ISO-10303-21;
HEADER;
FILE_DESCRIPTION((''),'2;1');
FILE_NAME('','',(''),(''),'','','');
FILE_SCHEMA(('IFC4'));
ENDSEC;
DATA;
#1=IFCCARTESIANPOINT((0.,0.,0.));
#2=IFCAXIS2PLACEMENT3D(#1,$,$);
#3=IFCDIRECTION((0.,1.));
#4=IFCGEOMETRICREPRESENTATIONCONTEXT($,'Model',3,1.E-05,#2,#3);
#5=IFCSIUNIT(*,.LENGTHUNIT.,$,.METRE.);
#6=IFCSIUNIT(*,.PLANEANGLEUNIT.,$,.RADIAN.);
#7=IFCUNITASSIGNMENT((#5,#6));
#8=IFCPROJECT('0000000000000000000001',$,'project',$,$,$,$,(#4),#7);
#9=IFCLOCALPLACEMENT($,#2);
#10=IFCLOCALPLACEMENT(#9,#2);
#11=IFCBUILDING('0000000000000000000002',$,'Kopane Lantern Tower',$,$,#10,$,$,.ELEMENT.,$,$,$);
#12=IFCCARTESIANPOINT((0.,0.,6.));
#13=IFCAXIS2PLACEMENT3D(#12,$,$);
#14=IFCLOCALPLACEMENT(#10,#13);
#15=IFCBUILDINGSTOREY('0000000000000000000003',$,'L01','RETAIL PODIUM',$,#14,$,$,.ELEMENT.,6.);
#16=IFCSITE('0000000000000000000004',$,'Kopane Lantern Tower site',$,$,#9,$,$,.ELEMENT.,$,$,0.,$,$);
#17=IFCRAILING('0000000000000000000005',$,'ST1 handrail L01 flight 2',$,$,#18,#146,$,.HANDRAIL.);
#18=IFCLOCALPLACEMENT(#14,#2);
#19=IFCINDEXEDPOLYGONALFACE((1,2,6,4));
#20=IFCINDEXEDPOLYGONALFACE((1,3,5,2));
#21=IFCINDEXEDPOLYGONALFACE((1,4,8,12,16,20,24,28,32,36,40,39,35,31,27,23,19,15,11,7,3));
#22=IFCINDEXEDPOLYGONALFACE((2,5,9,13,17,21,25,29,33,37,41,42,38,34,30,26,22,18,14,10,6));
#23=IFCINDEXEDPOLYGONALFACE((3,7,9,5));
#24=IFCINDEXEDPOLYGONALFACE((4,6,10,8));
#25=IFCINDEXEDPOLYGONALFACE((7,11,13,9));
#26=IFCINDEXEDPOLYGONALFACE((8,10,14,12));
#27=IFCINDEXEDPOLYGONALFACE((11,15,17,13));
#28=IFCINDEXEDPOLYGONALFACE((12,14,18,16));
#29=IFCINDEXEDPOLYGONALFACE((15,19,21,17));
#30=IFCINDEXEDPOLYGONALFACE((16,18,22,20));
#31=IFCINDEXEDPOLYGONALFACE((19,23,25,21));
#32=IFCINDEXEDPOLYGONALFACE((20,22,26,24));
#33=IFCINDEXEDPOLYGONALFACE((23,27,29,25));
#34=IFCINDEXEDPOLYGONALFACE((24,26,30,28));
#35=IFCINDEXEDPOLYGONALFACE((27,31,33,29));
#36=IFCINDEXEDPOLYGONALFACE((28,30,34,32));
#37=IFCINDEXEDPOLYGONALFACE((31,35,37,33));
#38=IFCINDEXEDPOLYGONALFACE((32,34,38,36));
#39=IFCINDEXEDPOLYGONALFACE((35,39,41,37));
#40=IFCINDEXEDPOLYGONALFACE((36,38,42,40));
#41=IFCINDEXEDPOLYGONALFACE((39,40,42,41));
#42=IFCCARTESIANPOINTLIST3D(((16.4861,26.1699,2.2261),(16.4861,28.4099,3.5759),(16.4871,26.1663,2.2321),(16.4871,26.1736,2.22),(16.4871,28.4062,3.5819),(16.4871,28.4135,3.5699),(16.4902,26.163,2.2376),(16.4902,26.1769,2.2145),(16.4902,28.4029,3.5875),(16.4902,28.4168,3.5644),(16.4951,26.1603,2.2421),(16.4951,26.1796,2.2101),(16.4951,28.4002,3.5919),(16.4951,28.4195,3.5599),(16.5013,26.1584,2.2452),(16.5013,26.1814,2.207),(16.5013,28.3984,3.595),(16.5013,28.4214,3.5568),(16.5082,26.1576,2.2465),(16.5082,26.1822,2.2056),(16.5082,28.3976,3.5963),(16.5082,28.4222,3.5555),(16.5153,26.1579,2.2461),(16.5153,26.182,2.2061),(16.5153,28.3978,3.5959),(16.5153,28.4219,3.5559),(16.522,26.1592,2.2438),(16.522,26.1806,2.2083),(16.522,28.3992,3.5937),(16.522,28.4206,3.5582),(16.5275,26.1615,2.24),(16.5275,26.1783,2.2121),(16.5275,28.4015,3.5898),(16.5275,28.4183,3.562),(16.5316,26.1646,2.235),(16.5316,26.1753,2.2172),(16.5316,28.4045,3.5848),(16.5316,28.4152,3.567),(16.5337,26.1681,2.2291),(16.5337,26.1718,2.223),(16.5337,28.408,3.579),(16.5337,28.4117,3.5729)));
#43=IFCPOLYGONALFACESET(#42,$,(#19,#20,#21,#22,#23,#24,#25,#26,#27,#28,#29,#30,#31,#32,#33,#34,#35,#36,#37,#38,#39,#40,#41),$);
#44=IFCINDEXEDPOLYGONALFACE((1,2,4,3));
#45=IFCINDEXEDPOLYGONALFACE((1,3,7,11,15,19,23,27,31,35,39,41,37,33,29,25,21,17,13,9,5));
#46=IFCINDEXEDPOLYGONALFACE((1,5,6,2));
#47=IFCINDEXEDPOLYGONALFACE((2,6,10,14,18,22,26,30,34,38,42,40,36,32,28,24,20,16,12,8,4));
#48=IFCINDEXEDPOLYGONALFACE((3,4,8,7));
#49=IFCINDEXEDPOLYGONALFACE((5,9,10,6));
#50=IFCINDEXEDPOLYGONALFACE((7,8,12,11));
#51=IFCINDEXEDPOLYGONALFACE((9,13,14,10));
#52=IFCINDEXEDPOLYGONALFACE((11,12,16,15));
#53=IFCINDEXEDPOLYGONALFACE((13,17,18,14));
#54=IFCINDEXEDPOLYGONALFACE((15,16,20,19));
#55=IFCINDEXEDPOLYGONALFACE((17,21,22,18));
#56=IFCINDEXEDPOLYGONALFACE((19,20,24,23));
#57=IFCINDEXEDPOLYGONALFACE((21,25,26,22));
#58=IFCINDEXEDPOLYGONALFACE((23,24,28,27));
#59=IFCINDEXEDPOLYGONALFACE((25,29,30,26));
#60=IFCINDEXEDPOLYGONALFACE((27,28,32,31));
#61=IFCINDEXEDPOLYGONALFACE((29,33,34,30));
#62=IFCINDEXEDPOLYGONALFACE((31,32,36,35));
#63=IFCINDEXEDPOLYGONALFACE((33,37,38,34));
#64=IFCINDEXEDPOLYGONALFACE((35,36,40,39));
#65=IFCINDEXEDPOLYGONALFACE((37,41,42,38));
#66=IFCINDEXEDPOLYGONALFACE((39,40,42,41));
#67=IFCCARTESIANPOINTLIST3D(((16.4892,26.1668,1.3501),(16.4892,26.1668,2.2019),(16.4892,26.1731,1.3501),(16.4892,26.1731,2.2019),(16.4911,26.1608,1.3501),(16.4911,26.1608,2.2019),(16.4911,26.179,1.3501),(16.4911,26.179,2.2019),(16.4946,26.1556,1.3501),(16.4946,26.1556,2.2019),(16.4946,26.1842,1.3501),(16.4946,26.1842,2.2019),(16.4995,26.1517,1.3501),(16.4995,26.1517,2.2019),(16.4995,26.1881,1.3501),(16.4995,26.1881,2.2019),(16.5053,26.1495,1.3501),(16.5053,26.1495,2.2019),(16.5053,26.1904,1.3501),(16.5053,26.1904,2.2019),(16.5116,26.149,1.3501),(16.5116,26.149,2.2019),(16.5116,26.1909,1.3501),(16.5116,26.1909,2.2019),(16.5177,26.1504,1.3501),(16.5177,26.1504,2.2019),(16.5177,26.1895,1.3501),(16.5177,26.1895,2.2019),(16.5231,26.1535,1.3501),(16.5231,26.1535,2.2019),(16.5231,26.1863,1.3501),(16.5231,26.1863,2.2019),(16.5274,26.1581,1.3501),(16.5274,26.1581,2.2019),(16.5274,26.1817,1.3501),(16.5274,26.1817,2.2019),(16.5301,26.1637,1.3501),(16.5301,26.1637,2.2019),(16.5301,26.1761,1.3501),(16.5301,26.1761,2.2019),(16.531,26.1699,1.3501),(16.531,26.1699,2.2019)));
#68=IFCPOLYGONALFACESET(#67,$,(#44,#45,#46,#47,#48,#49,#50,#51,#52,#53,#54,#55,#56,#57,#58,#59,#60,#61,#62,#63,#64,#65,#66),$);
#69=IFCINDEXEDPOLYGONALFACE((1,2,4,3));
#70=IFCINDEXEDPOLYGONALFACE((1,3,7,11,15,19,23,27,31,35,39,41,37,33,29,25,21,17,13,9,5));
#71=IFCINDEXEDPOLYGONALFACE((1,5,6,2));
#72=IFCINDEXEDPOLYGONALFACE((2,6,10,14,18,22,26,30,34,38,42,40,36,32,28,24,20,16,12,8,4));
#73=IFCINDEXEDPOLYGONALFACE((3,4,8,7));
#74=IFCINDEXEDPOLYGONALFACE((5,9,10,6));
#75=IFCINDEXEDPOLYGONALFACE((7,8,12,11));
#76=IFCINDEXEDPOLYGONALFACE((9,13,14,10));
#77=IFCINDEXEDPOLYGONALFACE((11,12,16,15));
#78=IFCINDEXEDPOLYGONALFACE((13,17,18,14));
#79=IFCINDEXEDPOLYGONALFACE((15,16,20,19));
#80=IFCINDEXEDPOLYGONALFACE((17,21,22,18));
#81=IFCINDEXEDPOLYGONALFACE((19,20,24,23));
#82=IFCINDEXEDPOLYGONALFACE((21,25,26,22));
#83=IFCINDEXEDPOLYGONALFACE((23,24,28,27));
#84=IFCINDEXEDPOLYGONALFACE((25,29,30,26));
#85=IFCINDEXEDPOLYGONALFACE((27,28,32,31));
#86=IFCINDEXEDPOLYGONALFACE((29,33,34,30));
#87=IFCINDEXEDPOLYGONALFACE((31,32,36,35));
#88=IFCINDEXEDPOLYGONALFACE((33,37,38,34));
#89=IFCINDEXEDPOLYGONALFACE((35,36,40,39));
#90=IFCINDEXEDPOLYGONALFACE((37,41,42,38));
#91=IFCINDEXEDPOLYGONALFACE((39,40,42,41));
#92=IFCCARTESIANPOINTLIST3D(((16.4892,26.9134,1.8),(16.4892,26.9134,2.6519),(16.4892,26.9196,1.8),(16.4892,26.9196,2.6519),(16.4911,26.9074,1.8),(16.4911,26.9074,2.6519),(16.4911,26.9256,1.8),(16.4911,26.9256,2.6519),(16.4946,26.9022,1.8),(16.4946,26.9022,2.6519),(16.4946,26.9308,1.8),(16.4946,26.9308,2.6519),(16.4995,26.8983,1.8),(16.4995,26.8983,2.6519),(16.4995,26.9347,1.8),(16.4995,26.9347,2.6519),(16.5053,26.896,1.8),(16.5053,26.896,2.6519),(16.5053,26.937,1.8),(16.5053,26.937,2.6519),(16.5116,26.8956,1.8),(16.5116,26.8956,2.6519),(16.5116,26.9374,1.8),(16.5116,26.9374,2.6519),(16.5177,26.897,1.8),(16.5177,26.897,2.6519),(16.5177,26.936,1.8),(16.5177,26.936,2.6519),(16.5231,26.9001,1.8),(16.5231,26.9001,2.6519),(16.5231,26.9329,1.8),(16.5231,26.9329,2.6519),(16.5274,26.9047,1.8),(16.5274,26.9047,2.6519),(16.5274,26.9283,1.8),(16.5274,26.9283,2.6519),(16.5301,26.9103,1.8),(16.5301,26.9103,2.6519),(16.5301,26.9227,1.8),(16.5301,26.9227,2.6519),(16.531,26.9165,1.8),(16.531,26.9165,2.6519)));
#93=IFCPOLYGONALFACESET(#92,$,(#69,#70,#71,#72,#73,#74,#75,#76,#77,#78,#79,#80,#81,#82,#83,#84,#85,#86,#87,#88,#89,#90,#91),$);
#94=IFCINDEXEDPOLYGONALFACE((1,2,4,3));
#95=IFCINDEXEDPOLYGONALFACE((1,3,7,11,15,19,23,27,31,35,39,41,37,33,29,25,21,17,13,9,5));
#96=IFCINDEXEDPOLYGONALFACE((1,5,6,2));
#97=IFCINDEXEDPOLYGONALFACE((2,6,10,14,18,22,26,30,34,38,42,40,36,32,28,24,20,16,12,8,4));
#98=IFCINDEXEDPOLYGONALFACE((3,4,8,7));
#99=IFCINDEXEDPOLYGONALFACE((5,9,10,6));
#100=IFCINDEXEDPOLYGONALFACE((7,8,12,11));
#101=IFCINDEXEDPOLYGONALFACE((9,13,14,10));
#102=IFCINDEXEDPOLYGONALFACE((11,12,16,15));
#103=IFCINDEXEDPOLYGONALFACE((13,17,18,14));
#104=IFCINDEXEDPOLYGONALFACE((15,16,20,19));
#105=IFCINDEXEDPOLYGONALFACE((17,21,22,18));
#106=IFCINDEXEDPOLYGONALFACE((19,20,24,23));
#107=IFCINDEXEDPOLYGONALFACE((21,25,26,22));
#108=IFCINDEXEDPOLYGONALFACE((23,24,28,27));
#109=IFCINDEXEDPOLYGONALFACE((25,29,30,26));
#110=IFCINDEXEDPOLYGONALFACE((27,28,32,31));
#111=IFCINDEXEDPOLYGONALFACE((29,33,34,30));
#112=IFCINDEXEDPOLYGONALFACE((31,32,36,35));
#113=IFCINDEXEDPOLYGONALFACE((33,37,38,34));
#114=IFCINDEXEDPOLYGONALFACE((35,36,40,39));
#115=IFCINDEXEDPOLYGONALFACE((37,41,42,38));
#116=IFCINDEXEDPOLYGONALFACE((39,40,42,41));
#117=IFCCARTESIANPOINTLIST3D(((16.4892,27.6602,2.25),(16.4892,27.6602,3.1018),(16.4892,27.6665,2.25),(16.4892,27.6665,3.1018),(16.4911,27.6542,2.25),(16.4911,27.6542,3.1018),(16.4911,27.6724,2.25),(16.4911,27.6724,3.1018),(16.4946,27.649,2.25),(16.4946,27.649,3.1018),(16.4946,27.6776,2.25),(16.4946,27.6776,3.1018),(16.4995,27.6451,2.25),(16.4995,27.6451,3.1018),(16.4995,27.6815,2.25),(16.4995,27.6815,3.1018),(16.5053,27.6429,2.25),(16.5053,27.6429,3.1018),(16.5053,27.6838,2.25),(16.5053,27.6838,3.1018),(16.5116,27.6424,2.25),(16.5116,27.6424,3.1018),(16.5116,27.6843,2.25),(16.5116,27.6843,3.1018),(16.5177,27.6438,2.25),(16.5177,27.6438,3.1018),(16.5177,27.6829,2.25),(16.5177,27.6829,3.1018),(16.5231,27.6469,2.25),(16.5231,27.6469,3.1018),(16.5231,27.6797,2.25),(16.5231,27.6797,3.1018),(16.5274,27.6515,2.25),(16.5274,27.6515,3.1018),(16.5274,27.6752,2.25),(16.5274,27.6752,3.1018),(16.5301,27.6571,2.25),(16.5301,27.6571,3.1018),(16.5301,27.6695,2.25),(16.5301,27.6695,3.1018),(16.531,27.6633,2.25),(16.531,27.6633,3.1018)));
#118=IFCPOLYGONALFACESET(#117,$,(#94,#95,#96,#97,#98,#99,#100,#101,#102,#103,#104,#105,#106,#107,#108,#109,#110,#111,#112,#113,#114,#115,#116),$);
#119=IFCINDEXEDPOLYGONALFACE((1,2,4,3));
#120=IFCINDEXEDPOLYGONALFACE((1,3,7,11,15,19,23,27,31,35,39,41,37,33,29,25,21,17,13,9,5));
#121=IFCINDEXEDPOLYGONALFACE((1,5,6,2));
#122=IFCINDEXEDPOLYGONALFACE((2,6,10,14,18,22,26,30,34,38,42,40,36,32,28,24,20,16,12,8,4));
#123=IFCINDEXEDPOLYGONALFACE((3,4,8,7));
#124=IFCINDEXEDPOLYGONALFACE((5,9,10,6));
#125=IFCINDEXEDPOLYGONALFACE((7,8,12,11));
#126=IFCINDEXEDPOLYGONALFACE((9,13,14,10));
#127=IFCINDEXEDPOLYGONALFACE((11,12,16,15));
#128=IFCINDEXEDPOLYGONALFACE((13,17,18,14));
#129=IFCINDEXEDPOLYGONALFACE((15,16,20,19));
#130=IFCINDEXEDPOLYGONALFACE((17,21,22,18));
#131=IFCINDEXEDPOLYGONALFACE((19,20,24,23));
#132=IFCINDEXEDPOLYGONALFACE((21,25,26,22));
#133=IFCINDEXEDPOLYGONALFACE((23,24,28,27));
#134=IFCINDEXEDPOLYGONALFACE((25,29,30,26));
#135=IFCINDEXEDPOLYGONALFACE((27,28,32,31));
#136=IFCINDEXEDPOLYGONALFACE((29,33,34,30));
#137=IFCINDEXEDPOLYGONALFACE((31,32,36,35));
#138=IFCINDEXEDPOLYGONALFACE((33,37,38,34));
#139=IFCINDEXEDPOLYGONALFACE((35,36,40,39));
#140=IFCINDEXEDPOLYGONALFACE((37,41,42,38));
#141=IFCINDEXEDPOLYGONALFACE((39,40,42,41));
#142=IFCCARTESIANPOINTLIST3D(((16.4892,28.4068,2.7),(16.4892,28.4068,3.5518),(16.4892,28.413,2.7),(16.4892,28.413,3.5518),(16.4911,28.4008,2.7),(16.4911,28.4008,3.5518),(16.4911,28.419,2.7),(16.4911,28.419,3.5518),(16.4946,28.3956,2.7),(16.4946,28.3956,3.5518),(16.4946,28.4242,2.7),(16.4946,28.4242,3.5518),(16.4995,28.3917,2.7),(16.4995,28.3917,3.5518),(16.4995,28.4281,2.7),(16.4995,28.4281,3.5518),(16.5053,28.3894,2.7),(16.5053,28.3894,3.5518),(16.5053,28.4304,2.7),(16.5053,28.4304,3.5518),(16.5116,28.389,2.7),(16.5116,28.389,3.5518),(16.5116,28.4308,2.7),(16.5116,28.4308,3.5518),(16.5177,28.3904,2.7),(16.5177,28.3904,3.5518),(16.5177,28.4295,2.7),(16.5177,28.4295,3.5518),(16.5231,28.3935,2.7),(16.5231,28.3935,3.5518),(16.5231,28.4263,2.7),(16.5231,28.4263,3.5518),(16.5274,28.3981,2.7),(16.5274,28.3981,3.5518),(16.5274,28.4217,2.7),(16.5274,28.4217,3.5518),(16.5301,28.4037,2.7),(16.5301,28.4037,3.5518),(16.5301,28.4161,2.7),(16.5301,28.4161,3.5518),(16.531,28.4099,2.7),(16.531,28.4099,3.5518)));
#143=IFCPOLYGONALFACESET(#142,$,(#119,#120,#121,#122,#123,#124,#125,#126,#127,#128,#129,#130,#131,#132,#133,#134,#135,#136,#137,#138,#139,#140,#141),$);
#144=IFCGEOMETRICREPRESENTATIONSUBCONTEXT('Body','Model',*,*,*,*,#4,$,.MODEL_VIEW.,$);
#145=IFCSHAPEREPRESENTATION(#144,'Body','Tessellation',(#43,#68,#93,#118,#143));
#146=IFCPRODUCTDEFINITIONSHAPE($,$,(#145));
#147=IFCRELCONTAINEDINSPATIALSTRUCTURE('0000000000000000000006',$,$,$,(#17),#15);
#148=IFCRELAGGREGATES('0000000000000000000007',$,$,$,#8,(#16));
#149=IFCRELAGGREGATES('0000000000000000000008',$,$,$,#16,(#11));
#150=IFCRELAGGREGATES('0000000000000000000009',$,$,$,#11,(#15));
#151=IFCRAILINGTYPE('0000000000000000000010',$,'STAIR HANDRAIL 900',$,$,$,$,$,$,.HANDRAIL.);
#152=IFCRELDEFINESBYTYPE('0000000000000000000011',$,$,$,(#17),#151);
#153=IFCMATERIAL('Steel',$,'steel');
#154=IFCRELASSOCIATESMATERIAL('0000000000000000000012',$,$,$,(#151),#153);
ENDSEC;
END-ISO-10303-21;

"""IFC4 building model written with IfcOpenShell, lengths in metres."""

from ifc_helpers import new_model, si_unit, direction, frame, origin, origin_2d, place, context, subcontext, project, spatial, circle, extrude, material, type_object, element, save


model = new_model("IFC4")

# Units and contexts
model_context = context("Model", 3, precision=1e-05, world=origin(), true_north=direction((0.0, 1.0)))
body_context = subcontext(model_context, "Body", "Model", "MODEL_VIEW")
ifc_project = project(units=[si_unit("LENGTHUNIT", "METRE"), si_unit("PLANEANGLEUNIT", "RADIAN")], contexts=[model_context])

# Site, building, storey
site_placement = place(None, origin())
site = spatial("IfcSite", under=ifc_project, at=site_placement, Name="Kopane Lantern Tower site", CompositionType="ELEMENT", RefElevation=0.0)
building_placement = place(site_placement, origin())
building = spatial("IfcBuilding", under=site, at=building_placement, Name="Kopane Lantern Tower", CompositionType="ELEMENT")
storey_placement = place(building_placement, frame((0.0, 0.0, 6.0)))
storey = spatial("IfcBuildingStorey", under=building, at=storey_placement, Name="L01", Description="RETAIL PODIUM", CompositionType="ELEMENT", Elevation=6.0)

# Railing
ifc_material_1 = material(Name="Steel", Category="steel")
railing_type_1 = type_object("IfcRailingType", Name="STAIR HANDRAIL 900", PredefinedType="HANDRAIL", material=ifc_material_1)
for number, where, name in (
    (1, (16.51, 26.1699, 1.3501), "ST1 handrail L01 flight 2"),
):
    element("IfcRailing", number, at=place(storey_placement, frame(where)), inside=storey, type_object=railing_type_1, Name=name, PredefinedType="HANDRAIL", context=body_context, shape_type="SweptSolid", body=[
        extrude(circle(Radius=0.0239, at=origin_2d()), frame((0.0, 0.0, 0.876), z_axis=(0.0, 0.856503, 0.516142), x_axis=(-1.0, 0.0, 0.0)), (0.0, 0.0, 1.0), 2.6152),
        extrude(circle(Radius=0.021, at=origin_2d()), origin(), (0.0, 0.0, 1.0), 0.8518),
        extrude(circle(Radius=0.021, at=origin_2d()), frame((0.0, 0.7466, 0.45)), (0.0, 0.0, 1.0), 0.8518),
        extrude(circle(Radius=0.021, at=origin_2d()), frame((0.0, 1.4934, 0.8999)), (0.0, 0.0, 1.0), 0.8518),
        extrude(circle(Radius=0.021, at=origin_2d()), frame((0.0, 2.24, 1.3499)), (0.0, 0.0, 1.0), 0.8518),
    ])

save(model, "model.ifc")
